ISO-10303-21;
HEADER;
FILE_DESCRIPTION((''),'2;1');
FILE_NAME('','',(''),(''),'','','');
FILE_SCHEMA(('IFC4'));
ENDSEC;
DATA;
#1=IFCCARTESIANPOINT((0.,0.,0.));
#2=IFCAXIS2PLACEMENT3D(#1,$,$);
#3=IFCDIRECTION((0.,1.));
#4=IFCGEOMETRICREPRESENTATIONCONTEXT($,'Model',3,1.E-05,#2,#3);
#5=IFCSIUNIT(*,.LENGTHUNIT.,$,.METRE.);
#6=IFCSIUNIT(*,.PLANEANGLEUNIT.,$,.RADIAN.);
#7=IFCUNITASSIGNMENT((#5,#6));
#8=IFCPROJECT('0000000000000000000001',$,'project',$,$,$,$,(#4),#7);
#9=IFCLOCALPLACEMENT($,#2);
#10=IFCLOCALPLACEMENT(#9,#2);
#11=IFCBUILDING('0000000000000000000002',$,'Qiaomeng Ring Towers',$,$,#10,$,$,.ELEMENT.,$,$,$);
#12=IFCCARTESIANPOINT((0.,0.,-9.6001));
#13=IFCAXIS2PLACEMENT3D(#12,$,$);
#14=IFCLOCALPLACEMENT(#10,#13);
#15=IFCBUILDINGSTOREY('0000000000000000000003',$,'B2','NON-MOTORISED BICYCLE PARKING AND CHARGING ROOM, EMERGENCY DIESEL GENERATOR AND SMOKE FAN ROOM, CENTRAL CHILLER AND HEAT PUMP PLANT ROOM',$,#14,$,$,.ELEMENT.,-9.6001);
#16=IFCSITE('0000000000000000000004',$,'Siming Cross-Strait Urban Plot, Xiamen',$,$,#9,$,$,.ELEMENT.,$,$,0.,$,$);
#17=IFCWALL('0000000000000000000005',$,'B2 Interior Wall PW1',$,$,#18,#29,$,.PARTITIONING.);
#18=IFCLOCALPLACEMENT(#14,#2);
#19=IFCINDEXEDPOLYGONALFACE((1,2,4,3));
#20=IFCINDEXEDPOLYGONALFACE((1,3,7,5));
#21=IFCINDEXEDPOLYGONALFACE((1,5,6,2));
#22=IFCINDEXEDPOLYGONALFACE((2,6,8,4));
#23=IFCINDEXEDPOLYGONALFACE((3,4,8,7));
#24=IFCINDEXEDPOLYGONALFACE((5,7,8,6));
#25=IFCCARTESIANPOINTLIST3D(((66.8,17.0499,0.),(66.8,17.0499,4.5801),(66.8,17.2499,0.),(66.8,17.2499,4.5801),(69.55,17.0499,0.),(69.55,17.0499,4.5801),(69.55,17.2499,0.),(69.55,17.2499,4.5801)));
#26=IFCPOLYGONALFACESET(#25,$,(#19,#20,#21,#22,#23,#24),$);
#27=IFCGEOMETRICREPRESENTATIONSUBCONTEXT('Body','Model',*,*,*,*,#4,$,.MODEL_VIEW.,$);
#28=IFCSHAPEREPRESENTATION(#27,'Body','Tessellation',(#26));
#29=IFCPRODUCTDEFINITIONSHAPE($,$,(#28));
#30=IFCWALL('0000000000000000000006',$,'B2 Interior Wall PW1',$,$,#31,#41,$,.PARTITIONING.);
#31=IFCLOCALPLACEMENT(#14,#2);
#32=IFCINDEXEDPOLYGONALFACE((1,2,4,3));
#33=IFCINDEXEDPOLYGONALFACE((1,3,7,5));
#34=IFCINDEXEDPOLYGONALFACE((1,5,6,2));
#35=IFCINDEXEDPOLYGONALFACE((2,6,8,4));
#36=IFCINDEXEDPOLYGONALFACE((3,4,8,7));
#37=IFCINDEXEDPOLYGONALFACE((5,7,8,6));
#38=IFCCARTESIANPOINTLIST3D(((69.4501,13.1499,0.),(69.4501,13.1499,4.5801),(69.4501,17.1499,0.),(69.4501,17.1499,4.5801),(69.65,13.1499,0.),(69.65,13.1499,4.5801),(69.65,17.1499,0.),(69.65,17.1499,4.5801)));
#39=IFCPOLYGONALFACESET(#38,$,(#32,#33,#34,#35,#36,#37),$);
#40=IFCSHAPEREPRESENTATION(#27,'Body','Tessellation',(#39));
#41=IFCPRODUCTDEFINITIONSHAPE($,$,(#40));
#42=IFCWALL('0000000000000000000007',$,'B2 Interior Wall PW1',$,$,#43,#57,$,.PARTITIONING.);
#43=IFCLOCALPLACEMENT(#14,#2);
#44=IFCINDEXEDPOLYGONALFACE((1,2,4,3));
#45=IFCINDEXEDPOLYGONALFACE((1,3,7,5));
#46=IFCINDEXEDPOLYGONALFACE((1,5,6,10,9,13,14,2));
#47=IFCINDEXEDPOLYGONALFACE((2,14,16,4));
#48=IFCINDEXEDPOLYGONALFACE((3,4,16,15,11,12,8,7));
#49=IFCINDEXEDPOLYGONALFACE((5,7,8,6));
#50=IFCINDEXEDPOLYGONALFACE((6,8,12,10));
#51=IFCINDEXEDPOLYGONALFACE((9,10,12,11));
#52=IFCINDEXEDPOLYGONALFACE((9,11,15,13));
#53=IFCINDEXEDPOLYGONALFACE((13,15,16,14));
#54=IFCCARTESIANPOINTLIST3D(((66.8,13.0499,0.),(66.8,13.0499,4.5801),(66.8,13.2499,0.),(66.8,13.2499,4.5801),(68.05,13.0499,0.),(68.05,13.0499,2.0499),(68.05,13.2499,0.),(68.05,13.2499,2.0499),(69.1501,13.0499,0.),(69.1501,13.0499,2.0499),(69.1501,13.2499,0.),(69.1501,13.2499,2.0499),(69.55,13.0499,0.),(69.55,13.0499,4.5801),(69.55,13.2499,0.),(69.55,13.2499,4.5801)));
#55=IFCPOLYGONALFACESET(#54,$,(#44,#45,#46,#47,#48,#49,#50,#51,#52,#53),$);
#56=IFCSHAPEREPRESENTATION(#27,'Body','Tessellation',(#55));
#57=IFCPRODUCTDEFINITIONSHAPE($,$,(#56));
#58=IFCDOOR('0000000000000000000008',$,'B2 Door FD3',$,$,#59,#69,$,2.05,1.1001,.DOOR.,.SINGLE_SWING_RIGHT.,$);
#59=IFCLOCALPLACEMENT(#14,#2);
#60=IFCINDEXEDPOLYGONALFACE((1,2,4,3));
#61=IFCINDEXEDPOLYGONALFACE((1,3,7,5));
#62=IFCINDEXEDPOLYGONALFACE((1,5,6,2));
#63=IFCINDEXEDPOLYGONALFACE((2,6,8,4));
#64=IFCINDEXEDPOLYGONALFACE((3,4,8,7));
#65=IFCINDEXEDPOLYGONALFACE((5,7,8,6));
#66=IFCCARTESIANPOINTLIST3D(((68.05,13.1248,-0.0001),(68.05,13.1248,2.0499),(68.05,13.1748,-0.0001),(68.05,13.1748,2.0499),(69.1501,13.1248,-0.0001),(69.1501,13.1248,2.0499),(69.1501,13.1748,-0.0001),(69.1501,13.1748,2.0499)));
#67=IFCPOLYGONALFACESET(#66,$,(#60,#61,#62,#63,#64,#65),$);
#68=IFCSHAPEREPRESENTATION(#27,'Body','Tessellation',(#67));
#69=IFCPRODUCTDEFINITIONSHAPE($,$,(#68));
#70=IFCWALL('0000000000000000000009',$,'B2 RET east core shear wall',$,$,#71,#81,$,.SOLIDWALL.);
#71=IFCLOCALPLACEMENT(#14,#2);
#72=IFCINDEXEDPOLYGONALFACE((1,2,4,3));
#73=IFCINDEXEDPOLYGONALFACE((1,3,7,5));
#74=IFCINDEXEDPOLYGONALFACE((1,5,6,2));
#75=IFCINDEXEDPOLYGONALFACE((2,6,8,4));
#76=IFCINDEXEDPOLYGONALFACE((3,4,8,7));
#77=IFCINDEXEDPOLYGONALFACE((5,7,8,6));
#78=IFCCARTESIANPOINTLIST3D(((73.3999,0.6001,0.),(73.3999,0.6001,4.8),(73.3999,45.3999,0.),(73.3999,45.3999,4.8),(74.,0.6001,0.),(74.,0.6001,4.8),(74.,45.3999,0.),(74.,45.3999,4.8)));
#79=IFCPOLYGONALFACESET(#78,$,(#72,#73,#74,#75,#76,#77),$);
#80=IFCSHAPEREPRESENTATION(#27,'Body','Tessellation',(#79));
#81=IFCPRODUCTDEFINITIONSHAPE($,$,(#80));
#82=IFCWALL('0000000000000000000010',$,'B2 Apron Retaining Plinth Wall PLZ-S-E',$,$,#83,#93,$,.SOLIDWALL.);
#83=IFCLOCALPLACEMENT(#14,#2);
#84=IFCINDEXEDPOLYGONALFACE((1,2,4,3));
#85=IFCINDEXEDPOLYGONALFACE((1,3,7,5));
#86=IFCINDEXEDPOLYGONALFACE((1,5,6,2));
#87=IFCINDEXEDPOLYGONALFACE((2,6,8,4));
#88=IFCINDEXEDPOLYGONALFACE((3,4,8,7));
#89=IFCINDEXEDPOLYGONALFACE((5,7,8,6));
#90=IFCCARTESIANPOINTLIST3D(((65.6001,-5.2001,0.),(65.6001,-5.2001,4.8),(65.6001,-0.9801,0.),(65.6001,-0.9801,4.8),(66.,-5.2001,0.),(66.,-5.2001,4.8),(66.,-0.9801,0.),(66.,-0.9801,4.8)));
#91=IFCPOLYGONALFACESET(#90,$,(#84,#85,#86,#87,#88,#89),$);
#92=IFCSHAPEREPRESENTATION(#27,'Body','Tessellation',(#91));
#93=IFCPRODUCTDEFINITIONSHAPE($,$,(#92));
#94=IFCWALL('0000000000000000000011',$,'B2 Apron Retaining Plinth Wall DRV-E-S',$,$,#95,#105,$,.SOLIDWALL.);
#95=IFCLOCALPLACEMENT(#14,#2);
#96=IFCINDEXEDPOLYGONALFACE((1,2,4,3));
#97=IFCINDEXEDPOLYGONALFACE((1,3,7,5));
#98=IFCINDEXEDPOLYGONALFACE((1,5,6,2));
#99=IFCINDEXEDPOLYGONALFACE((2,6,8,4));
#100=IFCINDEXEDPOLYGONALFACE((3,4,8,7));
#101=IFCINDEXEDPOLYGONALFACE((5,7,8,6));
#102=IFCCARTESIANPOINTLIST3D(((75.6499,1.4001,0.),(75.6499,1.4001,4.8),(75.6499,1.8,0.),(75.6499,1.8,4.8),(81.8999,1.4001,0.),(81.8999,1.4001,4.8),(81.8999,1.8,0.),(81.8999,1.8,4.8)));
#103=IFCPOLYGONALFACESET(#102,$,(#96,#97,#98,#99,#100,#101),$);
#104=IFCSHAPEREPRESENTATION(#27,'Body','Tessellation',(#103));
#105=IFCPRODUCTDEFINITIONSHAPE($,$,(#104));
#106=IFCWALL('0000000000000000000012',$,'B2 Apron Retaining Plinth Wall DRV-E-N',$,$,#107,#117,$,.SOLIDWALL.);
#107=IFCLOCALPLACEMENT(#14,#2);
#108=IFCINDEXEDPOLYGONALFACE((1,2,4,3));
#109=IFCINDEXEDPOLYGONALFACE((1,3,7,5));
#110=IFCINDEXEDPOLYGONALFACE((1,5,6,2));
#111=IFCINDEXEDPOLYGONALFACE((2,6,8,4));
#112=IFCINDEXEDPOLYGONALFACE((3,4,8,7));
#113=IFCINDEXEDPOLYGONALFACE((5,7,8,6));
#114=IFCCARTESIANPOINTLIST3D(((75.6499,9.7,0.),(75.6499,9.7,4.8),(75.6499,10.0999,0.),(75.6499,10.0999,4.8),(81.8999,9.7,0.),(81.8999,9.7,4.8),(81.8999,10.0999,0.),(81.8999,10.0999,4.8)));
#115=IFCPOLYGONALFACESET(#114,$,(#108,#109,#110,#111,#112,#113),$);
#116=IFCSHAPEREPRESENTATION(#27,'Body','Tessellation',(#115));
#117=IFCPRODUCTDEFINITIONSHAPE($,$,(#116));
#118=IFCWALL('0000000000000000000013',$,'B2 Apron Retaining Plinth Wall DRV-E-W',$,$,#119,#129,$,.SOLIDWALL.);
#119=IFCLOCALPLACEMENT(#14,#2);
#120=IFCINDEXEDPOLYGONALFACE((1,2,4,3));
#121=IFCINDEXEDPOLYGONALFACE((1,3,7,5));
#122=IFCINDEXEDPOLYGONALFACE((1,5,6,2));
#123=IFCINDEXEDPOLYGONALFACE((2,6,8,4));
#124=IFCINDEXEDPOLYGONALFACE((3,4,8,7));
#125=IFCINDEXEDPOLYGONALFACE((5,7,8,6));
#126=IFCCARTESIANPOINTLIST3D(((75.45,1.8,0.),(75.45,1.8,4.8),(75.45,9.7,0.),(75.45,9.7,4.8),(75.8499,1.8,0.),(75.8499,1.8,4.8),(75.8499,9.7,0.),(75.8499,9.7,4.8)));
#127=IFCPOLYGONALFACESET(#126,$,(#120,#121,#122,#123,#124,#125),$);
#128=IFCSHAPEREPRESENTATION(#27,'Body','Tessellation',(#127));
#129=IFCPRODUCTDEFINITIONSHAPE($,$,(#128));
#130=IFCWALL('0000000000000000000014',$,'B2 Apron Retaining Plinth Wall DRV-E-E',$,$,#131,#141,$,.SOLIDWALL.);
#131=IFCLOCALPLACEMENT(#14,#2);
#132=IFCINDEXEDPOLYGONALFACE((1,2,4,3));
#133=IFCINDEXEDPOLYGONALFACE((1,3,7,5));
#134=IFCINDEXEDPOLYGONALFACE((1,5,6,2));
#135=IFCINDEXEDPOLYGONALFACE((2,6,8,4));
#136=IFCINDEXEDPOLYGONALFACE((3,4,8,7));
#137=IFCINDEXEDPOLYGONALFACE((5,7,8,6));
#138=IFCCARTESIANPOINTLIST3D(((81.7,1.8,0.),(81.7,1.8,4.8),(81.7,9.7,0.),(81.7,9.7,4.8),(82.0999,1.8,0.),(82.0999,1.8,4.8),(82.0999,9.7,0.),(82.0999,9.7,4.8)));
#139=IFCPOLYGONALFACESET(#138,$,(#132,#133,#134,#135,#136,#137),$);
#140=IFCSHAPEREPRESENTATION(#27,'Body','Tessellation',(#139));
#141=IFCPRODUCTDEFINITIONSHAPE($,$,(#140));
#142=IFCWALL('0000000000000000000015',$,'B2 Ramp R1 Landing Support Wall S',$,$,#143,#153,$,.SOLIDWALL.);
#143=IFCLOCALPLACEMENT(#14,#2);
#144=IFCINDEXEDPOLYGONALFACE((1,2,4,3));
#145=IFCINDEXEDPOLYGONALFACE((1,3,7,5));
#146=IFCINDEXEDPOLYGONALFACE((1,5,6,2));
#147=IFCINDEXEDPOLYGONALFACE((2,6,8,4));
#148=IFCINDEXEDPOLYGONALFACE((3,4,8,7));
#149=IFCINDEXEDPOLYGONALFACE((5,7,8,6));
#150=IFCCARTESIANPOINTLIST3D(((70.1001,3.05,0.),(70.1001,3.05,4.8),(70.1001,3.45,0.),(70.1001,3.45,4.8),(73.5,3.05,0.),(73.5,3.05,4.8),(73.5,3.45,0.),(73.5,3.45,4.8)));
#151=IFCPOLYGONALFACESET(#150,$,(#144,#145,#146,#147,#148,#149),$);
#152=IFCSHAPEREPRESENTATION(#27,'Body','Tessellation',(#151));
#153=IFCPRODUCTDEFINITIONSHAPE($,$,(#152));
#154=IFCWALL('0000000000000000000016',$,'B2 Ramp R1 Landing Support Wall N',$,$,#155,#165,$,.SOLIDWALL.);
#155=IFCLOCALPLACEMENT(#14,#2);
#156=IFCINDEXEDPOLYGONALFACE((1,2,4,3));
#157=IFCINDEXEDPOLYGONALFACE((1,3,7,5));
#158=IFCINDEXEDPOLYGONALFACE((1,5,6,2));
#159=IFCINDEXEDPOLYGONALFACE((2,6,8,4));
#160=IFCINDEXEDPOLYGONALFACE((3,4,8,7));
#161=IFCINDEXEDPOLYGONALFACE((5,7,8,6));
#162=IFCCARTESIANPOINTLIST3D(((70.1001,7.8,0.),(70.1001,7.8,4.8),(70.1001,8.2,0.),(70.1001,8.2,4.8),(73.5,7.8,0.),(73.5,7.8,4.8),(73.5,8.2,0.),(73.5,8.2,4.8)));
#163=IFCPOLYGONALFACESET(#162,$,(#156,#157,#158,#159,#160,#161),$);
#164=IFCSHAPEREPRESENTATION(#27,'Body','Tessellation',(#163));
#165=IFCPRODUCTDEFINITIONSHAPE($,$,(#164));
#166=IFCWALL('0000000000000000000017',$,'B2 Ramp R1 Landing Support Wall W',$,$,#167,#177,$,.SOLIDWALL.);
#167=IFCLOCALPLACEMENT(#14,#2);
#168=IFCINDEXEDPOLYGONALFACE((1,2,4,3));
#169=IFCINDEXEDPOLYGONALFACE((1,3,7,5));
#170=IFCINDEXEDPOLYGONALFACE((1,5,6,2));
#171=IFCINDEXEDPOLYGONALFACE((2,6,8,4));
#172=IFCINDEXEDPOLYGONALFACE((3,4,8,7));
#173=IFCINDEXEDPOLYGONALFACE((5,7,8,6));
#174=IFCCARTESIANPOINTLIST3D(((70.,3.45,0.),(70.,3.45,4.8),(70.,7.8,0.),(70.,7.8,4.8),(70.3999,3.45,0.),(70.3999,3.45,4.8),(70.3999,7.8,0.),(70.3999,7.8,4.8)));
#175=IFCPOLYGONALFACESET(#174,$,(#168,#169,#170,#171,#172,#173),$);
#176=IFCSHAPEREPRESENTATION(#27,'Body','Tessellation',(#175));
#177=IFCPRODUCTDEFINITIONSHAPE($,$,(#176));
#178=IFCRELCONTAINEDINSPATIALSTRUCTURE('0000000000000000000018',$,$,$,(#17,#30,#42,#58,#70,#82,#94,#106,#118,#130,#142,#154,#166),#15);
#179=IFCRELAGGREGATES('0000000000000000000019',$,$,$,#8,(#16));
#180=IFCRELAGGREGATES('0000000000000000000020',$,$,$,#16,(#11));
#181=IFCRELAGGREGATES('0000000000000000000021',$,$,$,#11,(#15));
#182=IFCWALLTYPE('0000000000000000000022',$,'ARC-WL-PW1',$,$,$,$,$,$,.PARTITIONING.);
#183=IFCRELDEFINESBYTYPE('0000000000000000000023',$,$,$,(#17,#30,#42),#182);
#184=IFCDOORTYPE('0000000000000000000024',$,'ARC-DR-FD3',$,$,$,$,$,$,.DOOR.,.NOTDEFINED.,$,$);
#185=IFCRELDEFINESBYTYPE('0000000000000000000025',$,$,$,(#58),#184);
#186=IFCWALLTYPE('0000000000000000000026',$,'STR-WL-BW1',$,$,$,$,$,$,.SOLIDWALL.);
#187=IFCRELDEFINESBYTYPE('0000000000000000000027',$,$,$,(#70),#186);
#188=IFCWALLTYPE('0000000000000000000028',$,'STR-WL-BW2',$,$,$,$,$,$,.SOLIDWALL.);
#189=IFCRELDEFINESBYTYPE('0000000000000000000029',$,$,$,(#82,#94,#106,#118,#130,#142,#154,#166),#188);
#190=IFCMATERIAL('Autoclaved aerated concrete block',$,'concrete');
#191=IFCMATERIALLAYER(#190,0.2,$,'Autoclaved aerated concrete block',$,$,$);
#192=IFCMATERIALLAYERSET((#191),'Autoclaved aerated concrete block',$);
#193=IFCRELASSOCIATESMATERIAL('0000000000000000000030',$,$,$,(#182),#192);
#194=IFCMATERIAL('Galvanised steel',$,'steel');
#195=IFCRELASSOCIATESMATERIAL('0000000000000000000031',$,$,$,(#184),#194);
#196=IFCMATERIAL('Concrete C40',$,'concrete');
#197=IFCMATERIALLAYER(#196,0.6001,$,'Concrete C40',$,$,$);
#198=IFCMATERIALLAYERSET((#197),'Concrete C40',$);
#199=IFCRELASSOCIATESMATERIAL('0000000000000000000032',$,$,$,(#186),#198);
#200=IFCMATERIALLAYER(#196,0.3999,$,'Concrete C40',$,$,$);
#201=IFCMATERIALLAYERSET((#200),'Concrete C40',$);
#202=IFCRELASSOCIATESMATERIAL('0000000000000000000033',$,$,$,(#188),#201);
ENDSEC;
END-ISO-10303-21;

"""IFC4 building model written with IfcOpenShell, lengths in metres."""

from ifc_helpers import new_model, si_unit, direction, frame, frame_2d, origin, place, context, subcontext, project, spatial, rectangle, extrude, source, transform, mapped, material, layer, layer_set, type_object, element, fill, save


model = new_model("IFC4")

# Units and contexts
model_context = context("Model", 3, precision=1e-05, world=origin(), true_north=direction((0.0, 1.0)))
body_context = subcontext(model_context, "Body", "Model", "MODEL_VIEW")
ifc_project = project(units=[si_unit("LENGTHUNIT", "METRE"), si_unit("PLANEANGLEUNIT", "RADIAN")], contexts=[model_context])

# Site, building, storey
site_placement = place(None, origin())
site = spatial("IfcSite", under=ifc_project, at=site_placement, Name="Siming Cross-Strait Urban Plot, Xiamen", CompositionType="ELEMENT", RefElevation=0.0)
building_placement = place(site_placement, origin())
building = spatial("IfcBuilding", under=site, at=building_placement, Name="Qiaomeng Ring Towers", CompositionType="ELEMENT")
storey_placement = place(building_placement, frame((0.0, 0.0, -9.6001)))
storey = spatial("IfcBuildingStorey", under=building, at=storey_placement, Name="B2", Description="NON-MOTORISED BICYCLE PARKING AND CHARGING ROOM, EMERGENCY DIESEL GENERATOR AND SMOKE FAN ROOM, CENTRAL CHILLER AND HEAT PUMP PLANT ROOM", CompositionType="ELEMENT", Elevation=-9.6001)

# Shared definitions
ifc_material_1 = material(Name="Concrete C40", Category="concrete")

# Walls
ifc_material_2 = material(Name="Autoclaved aerated concrete block", Category="concrete")
ifc_layer_1 = layer(ifc_material_2, 0.2, Name="Autoclaved aerated concrete block")
ifc_layer_set_1 = layer_set([ifc_layer_1], Name="Autoclaved aerated concrete block")
wall_type_1 = type_object("IfcWallType", Name="ARC-WL-PW1", PredefinedType="PARTITIONING", material=ifc_layer_set_1)
wall_1_placement = place(storey_placement, frame((66.8, 17.1499, 0.0), z_axis=(0.0, 0.0, 1.0), x_axis=(1.0, 0.0, 0.0)))
element("IfcWall", 1, at=wall_1_placement, inside=storey, type_object=wall_type_1, Name="B2 Interior Wall PW1", PredefinedType="PARTITIONING", context=body_context, shape_type="SweptSolid", body=[
    extrude(rectangle(XDim=2.75, YDim=0.2, at=frame_2d((1.375, 0.0))), origin(), (0.0, 0.0, 1.0), 4.5801),
])
wall_2_placement = place(storey_placement, frame((69.55, 13.1499, 0.0), z_axis=(0.0, 0.0, 1.0), x_axis=(0.0, 1.0, 0.0)))
element("IfcWall", 2, at=wall_2_placement, inside=storey, type_object=wall_type_1, Name="B2 Interior Wall PW1", PredefinedType="PARTITIONING", context=body_context, shape_type="SweptSolid", body=[
    extrude(rectangle(XDim=4.0, YDim=0.2, at=frame_2d((2.0, 0.0))), origin(), (0.0, 0.0, 1.0), 4.5801),
])

# Wall, opening, door
wall_3_placement = place(storey_placement, frame((66.8, 13.1499, 0.0), z_axis=(0.0, 0.0, 1.0), x_axis=(1.0, 0.0, 0.0)))
wall_3 = element("IfcWall", 3, at=wall_3_placement, inside=storey, type_object=wall_type_1, Name="B2 Interior Wall PW1", PredefinedType="PARTITIONING", context=body_context, shape_type="SweptSolid", body=[
    extrude(rectangle(XDim=2.75, YDim=0.2, at=frame_2d((1.375, 0.0))), origin(), (0.0, 0.0, 1.0), 4.5801),
])
opening_1_placement = place(wall_3_placement, frame((1.25, 0.0, 0.0)))
opening_1 = element("IfcOpeningElement", 4, at=opening_1_placement, cuts=wall_3, PredefinedType="OPENING", context=body_context, shape_type="SweptSolid", body=[
    extrude(rectangle(XDim=1.1001, YDim=2.05, at=frame_2d((0.55, 1.0249))), frame((0.0, 0.1099, 0.0), z_axis=(0.0, -1.0, 0.0), x_axis=(1.0, 0.0, 0.0)), (0.0, 0.0, 1.0), 0.22),
])
ifc_material_3 = material(Name="Galvanised steel", Category="steel")
door_type_1 = type_object("IfcDoorType", Name="ARC-DR-FD3", OperationType="NOTDEFINED", PredefinedType="DOOR", material=ifc_material_3)
shared_shape_1 = source(origin(), body_context, "Body", "SweptSolid", [
    extrude(rectangle(XDim=1.1001, YDim=2.05, at=frame_2d((0.55, 1.0249))), frame((0.0, 0.0249, 0.0), z_axis=(0.0, -1.0, 0.0), x_axis=(1.0, 0.0, 0.0)), (0.0, 0.0, 1.0), 0.05),
])
door_1_placement = place(opening_1_placement, origin())
door_1 = element("IfcDoor", 5, at=door_1_placement, inside=storey, type_object=door_type_1, Name="B2 Door FD3", OperationType="SINGLE_SWING_RIGHT", OverallHeight=2.05, OverallWidth=1.1001, PredefinedType="DOOR", context=body_context, shape_type="MappedRepresentation", body=[
    mapped(shared_shape_1, transform((0.0, 0.0, 0.0), x_axis=(1.0, 0.0, 0.0), y_axis=(0.0, 1.0, 0.0), z_axis=(0.0, 0.0, 1.0), scale=1.0)),
])
fill(opening_1, door_1)

# Walls
ifc_layer_2 = layer(ifc_material_1, 0.6001, Name="Concrete C40")
ifc_layer_set_2 = layer_set([ifc_layer_2], Name="Concrete C40")
wall_type_2 = type_object("IfcWallType", Name="STR-WL-BW1", PredefinedType="SOLIDWALL", material=ifc_layer_set_2)
wall_4_placement = place(storey_placement, frame((73.7, 0.6001, 0.0), z_axis=(0.0, 0.0, 1.0), x_axis=(0.0, 1.0, 0.0)))
element("IfcWall", 6, at=wall_4_placement, inside=storey, type_object=wall_type_2, Name="B2 RET east core shear wall", PredefinedType="SOLIDWALL", context=body_context, shape_type="SweptSolid", body=[
    extrude(rectangle(XDim=44.7998, YDim=0.6001, at=frame_2d((22.3999, 0.0))), origin(), (0.0, 0.0, 1.0), 4.8),
])
ifc_layer_3 = layer(ifc_material_1, 0.3999, Name="Concrete C40")
ifc_layer_set_3 = layer_set([ifc_layer_3], Name="Concrete C40")
wall_type_3 = type_object("IfcWallType", Name="STR-WL-BW2", PredefinedType="SOLIDWALL", material=ifc_layer_set_3)
wall_5_placement = place(storey_placement, frame((65.8, -5.2, 0.0), z_axis=(0.0, 0.0, 1.0), x_axis=(0.0, 1.0, 0.0)))
element("IfcWall", 7, at=wall_5_placement, inside=storey, type_object=wall_type_3, Name="B2 Apron Retaining Plinth Wall PLZ-S-E", PredefinedType="SOLIDWALL", context=body_context, shape_type="SweptSolid", body=[
    extrude(rectangle(XDim=4.22, YDim=0.3999, at=frame_2d((2.1099, 0.0))), origin(), (0.0, 0.0, 1.0), 4.8),
])
for number, where, z_axis, x_axis, name in (
    (8, (75.6499, 1.6001, 0.0), (0.0, 0.0, 1.0), (1.0, 0.0, 0.0), "B2 Apron Retaining Plinth Wall DRV-E-S"),
    (9, (75.6499, 9.8999, 0.0), (0.0, 0.0, 1.0), (1.0, 0.0, 0.0), "B2 Apron Retaining Plinth Wall DRV-E-N"),
):
    element("IfcWall", number, at=place(storey_placement, frame(where, z_axis=z_axis, x_axis=x_axis)), inside=storey, type_object=wall_type_3, Name=name, PredefinedType="SOLIDWALL", context=body_context, shape_type="SweptSolid", body=[
        extrude(rectangle(XDim=6.25, YDim=0.3999, at=frame_2d((3.125, 0.0))), origin(), (0.0, 0.0, 1.0), 4.8),
    ])
for number, where, z_axis, x_axis, name in (
    (10, (75.6499, 1.8, 0.0), (0.0, 0.0, 1.0), (0.0, 1.0, 0.0), "B2 Apron Retaining Plinth Wall DRV-E-W"),
    (11, (81.8999, 1.8, 0.0), (0.0, 0.0, 1.0), (0.0, 1.0, 0.0), "B2 Apron Retaining Plinth Wall DRV-E-E"),
):
    element("IfcWall", number, at=place(storey_placement, frame(where, z_axis=z_axis, x_axis=x_axis)), inside=storey, type_object=wall_type_3, Name=name, PredefinedType="SOLIDWALL", context=body_context, shape_type="SweptSolid", body=[
        extrude(rectangle(XDim=7.8999, YDim=0.3999, at=frame_2d((3.95, 0.0))), origin(), (0.0, 0.0, 1.0), 4.8),
    ])
for number, where, z_axis, x_axis, name in (
    (12, (70.1001, 3.25, 0.0), (0.0, 0.0, 1.0), (1.0, 0.0, 0.0), "B2 Ramp R1 Landing Support Wall S"),
    (13, (70.1001, 8.0, 0.0), (0.0, 0.0, 1.0), (1.0, 0.0, 0.0), "B2 Ramp R1 Landing Support Wall N"),
):
    element("IfcWall", number, at=place(storey_placement, frame(where, z_axis=z_axis, x_axis=x_axis)), inside=storey, type_object=wall_type_3, Name=name, PredefinedType="SOLIDWALL", context=body_context, shape_type="SweptSolid", body=[
        extrude(rectangle(XDim=3.3999, YDim=0.3999, at=frame_2d((1.7, 0.0))), origin(), (0.0, 0.0, 1.0), 4.8),
    ])
wall_6_placement = place(storey_placement, frame((70.2, 3.45, 0.0), z_axis=(0.0, 0.0, 1.0), x_axis=(0.0, 1.0, 0.0)))
element("IfcWall", 14, at=wall_6_placement, inside=storey, type_object=wall_type_3, Name="B2 Ramp R1 Landing Support Wall W", PredefinedType="SOLIDWALL", context=body_context, shape_type="SweptSolid", body=[
    extrude(rectangle(XDim=4.3501, YDim=0.3999, at=frame_2d((2.175, 0.0))), origin(), (0.0, 0.0, 1.0), 4.8),
])

save(model, "model.ifc")
